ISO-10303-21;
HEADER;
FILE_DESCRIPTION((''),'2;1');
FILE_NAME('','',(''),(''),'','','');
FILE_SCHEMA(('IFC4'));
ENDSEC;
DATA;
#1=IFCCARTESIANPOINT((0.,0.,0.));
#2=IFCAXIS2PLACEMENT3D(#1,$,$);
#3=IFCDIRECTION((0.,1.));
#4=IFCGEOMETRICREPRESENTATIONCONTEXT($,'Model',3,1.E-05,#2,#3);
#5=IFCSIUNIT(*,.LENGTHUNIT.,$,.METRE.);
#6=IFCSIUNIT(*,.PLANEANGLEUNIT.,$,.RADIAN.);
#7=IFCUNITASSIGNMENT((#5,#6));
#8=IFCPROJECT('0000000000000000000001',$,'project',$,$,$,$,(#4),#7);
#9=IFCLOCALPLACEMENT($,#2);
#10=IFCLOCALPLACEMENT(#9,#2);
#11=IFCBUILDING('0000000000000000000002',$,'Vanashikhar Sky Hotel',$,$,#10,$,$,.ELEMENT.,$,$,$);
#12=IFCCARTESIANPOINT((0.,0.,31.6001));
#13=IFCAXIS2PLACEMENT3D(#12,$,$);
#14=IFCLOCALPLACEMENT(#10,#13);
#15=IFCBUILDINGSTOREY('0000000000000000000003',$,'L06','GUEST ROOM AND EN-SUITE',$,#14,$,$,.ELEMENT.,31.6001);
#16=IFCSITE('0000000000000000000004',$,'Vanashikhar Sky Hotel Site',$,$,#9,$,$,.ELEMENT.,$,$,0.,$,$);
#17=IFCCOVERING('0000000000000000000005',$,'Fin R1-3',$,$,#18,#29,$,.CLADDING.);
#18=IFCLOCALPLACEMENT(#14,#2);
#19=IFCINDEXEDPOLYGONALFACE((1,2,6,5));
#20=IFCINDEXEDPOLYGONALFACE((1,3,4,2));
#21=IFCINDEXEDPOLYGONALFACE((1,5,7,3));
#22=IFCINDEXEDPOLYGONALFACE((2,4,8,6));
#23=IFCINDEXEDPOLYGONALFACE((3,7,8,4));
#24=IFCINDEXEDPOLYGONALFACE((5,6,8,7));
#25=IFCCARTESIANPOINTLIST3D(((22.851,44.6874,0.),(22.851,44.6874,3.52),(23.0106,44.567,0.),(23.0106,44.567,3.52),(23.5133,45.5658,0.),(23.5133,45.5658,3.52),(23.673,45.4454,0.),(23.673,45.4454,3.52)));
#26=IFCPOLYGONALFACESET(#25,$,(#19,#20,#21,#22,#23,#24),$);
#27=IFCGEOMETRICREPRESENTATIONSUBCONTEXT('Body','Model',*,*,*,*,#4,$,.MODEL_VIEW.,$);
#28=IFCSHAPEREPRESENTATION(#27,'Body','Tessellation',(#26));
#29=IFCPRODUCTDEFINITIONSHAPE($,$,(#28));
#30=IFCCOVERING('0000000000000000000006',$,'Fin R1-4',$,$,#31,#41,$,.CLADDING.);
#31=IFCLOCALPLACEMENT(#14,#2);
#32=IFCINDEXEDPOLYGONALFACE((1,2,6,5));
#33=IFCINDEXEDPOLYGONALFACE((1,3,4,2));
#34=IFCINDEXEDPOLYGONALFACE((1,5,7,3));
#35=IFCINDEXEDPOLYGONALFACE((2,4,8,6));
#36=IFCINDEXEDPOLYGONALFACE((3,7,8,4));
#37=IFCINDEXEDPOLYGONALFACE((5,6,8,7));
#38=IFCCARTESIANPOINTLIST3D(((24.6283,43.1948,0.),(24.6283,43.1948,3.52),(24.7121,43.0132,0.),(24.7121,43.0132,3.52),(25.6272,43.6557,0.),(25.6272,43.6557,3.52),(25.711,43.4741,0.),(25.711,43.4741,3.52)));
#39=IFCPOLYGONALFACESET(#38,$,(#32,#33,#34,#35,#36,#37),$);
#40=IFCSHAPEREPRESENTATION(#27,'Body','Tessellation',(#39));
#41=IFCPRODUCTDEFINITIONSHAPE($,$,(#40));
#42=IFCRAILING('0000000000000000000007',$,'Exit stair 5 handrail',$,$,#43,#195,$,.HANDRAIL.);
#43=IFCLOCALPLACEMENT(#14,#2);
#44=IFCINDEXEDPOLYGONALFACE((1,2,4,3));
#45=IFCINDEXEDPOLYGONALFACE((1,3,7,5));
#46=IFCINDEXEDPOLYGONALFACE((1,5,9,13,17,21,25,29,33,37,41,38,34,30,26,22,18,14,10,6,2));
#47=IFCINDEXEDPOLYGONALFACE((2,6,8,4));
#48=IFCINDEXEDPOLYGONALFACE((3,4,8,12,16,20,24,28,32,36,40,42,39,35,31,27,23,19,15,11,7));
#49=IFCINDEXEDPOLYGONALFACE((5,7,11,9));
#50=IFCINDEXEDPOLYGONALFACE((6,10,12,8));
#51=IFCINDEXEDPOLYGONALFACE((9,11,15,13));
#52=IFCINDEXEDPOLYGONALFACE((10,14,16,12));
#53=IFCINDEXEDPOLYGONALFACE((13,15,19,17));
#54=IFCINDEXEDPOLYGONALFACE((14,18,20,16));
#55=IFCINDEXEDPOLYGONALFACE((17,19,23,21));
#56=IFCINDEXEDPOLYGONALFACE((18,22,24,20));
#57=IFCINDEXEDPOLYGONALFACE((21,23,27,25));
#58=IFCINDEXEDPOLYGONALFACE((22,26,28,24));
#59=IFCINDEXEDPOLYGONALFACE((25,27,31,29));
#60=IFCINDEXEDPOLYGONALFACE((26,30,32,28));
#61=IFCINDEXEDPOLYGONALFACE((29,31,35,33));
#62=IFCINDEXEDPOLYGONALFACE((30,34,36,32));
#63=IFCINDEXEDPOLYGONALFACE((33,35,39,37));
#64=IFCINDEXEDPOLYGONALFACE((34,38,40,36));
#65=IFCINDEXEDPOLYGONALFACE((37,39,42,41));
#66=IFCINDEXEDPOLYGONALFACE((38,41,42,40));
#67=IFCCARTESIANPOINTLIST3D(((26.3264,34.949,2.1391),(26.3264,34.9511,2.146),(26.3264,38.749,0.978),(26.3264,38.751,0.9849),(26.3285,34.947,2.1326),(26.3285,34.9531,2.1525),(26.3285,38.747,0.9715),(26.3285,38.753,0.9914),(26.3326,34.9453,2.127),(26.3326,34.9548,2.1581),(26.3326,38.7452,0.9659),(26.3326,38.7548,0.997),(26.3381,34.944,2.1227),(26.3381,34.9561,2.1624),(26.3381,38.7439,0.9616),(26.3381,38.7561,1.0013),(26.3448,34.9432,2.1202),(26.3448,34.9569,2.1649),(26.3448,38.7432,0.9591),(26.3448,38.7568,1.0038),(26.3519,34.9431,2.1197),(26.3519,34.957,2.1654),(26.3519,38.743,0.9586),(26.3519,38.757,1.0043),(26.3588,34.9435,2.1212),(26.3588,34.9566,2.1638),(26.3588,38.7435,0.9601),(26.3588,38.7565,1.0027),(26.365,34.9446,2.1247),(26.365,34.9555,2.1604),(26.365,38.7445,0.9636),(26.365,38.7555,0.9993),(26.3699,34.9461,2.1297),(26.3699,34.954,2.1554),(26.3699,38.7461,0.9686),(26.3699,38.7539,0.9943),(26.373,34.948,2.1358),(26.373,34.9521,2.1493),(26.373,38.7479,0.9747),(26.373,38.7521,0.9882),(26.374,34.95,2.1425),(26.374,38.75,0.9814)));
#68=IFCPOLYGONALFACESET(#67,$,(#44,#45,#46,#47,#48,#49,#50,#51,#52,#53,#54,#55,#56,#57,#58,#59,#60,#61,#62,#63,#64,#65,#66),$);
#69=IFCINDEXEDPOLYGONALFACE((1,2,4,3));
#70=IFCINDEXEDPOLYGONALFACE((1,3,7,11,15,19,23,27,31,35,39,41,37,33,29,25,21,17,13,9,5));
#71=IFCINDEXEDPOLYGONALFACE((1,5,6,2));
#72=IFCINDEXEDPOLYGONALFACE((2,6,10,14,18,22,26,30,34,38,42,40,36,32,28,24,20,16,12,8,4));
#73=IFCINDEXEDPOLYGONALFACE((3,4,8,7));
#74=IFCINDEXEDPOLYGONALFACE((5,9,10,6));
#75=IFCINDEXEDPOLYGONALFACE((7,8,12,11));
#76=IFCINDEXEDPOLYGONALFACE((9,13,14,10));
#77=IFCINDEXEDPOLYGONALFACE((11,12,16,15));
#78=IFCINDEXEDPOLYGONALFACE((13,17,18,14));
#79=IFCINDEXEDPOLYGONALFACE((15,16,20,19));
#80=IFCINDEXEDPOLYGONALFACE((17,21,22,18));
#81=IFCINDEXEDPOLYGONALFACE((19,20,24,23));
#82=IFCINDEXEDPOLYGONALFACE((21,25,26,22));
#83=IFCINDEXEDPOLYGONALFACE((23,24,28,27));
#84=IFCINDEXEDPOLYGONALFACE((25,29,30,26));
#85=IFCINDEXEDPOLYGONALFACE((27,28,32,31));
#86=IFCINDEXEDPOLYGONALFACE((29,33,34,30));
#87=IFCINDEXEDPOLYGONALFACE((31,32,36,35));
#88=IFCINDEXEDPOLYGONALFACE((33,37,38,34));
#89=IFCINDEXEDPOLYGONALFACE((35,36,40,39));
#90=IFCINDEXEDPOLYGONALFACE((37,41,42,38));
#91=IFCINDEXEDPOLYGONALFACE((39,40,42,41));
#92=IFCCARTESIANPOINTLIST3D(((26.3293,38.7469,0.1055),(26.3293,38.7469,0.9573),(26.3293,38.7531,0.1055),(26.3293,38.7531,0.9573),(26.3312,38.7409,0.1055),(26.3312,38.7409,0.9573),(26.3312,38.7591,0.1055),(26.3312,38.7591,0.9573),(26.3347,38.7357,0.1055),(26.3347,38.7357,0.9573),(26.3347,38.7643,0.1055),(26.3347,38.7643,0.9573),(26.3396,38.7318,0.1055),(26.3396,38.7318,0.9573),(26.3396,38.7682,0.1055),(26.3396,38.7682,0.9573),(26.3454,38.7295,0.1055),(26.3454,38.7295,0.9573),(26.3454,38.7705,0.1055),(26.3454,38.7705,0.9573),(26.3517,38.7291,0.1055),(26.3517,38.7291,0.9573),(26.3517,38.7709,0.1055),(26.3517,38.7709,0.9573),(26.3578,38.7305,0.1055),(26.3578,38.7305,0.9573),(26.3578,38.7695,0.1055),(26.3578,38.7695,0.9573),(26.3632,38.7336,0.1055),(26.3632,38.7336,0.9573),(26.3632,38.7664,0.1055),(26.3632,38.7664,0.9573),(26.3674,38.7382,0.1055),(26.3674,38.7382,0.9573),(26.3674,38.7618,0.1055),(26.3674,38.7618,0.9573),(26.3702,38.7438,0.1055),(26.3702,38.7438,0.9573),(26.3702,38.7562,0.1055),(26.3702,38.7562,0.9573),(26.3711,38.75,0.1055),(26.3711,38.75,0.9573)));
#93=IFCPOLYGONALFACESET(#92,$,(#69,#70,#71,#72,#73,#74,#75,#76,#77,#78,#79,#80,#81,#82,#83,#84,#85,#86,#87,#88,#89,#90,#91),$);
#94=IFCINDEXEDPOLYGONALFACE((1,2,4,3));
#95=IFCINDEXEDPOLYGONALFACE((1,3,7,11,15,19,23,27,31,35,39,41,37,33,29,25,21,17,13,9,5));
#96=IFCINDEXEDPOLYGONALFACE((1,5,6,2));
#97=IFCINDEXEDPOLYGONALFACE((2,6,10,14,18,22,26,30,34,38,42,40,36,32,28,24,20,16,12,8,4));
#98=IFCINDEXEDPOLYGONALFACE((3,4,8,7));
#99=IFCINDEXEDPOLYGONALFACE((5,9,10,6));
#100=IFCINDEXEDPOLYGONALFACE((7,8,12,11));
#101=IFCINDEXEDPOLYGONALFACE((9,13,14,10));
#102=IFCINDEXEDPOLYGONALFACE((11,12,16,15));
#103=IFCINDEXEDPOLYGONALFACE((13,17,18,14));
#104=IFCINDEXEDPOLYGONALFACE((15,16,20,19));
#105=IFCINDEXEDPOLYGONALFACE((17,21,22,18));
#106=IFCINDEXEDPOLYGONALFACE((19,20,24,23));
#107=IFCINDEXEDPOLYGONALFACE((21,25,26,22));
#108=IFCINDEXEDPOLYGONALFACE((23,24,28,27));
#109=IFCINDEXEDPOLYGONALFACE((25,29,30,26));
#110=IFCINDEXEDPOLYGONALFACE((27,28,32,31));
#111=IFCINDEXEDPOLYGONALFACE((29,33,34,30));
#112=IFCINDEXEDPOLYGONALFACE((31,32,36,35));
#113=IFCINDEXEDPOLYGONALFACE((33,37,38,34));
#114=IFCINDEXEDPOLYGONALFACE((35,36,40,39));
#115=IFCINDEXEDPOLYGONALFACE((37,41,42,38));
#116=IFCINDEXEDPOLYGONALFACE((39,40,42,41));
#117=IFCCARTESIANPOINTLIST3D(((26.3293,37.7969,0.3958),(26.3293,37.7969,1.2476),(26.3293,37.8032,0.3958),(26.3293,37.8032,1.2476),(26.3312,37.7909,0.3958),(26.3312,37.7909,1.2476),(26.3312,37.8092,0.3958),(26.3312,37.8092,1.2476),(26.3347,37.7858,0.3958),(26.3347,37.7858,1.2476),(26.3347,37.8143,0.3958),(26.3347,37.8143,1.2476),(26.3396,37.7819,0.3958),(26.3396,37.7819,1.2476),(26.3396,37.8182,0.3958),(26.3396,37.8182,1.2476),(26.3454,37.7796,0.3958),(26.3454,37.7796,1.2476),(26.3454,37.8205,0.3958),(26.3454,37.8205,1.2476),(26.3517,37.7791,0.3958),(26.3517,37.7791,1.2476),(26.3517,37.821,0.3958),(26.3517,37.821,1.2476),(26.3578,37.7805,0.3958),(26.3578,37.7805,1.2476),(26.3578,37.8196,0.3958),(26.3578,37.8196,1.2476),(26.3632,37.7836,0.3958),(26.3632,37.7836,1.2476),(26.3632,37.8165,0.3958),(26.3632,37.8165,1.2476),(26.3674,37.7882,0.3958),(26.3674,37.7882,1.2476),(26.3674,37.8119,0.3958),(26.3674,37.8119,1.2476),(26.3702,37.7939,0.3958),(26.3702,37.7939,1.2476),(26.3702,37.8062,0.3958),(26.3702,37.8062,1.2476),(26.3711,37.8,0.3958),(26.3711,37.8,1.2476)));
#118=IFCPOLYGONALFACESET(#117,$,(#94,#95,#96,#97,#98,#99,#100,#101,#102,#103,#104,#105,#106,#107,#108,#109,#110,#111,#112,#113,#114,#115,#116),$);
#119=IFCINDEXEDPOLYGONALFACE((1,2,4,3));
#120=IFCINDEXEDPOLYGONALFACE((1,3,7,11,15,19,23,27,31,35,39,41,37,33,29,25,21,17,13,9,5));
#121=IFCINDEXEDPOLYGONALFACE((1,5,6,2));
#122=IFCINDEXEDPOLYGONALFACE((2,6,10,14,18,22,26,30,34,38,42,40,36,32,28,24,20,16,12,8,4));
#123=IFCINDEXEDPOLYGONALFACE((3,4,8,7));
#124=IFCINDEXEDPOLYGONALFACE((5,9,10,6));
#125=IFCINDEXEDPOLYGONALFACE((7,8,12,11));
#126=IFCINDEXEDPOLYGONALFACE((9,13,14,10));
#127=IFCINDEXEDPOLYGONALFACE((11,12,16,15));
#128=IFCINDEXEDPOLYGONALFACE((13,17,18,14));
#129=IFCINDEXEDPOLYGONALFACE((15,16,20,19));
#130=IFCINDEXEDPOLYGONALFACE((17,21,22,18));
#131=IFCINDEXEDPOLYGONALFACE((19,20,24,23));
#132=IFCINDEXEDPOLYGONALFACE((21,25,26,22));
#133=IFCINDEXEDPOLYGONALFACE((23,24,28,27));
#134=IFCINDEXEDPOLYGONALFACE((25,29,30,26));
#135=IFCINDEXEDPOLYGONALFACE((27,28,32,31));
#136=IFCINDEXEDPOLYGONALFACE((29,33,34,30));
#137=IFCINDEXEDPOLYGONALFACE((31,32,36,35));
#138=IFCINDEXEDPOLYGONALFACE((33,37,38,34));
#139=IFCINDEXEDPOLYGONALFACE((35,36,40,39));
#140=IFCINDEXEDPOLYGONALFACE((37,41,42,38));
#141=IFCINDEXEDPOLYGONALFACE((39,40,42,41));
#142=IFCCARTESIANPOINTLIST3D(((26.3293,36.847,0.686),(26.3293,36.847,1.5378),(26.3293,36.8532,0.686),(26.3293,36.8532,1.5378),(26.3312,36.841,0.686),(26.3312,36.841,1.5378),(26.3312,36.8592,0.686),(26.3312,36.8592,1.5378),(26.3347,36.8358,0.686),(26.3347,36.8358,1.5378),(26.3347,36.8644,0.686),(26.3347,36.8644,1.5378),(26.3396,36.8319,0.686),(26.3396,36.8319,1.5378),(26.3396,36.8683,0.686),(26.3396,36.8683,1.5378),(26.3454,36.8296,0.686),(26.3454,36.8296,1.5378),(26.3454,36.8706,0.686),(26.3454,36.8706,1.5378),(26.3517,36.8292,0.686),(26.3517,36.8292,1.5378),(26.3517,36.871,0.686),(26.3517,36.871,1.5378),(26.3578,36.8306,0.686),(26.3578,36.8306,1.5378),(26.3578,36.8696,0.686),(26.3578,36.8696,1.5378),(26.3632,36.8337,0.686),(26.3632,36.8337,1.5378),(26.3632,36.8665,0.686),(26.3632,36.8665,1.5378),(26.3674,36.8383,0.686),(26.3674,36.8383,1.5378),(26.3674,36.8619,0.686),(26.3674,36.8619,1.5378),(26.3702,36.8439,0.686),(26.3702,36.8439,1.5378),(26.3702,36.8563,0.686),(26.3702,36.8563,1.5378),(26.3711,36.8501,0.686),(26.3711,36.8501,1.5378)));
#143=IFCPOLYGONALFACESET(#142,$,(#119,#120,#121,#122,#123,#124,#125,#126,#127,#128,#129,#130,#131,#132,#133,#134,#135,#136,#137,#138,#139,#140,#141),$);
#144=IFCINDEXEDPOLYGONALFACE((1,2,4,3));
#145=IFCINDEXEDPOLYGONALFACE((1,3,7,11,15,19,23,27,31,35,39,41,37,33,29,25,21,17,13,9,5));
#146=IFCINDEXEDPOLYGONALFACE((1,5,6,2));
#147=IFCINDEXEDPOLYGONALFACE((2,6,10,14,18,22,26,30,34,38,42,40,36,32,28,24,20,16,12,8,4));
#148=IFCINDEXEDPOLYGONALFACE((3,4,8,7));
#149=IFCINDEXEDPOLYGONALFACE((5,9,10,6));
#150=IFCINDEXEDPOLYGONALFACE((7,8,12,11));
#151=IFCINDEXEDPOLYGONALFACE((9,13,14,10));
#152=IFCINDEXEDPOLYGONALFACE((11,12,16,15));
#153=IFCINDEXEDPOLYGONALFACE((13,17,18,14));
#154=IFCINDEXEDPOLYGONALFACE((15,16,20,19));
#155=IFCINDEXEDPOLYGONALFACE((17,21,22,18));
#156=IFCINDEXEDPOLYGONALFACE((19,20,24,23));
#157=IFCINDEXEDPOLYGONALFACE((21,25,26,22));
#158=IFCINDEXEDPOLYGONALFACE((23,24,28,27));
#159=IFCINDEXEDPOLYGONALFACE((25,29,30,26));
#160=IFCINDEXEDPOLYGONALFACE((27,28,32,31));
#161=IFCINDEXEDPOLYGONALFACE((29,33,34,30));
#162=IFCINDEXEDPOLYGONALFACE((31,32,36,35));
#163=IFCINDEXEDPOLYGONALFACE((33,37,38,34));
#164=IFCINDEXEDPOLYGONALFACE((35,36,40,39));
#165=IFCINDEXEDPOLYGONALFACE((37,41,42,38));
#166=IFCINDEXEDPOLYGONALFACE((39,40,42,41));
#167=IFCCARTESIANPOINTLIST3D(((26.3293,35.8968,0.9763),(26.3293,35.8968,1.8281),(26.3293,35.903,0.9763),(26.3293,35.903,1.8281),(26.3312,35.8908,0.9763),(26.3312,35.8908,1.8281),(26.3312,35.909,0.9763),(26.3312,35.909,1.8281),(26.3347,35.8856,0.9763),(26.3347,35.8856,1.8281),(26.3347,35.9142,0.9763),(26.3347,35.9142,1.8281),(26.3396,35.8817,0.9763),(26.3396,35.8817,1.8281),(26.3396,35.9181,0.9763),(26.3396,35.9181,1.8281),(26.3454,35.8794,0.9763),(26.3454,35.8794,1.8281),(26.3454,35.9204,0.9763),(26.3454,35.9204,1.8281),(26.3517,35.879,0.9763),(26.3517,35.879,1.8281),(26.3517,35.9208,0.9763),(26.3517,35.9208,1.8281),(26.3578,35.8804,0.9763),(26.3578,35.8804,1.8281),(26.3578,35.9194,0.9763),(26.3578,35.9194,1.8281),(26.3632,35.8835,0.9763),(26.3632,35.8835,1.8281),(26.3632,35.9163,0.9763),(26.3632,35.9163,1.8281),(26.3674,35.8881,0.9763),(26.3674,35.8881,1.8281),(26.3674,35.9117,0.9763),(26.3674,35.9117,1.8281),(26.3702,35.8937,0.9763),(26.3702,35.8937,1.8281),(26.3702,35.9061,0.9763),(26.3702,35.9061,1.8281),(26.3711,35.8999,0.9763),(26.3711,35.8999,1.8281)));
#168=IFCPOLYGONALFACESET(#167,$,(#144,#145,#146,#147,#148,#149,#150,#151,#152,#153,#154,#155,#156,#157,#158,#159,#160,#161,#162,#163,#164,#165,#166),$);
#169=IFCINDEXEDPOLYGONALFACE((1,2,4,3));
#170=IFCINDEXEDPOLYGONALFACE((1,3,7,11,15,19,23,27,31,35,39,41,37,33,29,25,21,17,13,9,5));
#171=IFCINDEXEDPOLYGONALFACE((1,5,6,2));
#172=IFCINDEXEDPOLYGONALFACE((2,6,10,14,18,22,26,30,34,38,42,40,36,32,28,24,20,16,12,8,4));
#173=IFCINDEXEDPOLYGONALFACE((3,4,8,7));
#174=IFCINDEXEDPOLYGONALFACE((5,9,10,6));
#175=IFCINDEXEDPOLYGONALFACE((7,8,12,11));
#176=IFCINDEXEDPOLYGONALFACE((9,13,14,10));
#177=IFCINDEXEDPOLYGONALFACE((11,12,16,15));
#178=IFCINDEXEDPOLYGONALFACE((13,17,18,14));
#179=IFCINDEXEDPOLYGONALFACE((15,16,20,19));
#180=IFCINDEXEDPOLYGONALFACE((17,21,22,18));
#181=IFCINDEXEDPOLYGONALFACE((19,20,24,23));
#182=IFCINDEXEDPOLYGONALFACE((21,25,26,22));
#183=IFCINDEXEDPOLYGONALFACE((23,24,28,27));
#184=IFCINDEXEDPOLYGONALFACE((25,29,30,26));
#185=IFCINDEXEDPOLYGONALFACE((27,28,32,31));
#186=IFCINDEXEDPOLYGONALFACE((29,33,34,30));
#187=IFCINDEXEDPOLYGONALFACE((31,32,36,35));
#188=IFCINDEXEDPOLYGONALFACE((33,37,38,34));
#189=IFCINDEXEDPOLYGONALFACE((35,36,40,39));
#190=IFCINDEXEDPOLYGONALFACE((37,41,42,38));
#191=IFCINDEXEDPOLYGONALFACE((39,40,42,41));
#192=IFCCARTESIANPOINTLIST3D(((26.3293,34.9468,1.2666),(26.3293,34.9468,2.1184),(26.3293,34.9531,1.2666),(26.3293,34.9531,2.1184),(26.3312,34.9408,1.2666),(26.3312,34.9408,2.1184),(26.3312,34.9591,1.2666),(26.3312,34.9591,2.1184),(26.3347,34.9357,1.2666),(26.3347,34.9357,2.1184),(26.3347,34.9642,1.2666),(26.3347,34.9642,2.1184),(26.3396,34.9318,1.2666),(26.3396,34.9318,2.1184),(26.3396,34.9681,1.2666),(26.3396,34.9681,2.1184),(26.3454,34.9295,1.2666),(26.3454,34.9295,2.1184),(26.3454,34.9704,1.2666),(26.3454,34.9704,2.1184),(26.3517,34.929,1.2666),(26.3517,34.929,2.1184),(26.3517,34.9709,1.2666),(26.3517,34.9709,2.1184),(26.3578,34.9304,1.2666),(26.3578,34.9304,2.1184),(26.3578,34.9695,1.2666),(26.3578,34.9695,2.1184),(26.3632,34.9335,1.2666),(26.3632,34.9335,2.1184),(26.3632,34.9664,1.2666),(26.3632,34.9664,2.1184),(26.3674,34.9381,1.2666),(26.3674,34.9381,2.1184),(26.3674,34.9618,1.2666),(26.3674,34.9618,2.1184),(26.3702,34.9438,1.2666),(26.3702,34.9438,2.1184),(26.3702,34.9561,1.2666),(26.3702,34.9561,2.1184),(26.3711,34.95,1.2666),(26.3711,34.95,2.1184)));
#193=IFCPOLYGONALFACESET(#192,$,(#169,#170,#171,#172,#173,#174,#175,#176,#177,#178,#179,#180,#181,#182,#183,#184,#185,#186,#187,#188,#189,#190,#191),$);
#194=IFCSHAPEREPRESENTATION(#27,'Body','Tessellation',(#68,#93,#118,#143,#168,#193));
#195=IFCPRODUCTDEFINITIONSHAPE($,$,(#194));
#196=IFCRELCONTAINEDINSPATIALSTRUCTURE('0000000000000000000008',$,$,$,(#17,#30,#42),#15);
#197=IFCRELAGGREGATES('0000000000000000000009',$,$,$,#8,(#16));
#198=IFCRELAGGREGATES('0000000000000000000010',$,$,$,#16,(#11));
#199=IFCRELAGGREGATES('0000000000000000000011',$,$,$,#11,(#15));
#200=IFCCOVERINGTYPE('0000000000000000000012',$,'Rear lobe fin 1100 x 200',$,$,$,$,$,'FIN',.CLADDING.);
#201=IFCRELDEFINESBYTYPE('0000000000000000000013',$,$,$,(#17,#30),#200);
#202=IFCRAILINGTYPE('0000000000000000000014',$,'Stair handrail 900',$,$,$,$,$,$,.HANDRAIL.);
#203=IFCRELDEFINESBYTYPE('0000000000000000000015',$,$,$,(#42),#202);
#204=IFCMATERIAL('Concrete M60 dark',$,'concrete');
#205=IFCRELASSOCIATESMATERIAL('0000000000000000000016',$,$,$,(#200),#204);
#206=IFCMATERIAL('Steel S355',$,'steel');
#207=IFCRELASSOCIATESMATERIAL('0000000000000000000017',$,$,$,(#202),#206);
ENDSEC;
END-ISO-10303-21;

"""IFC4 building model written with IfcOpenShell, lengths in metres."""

from ifc_helpers import new_model, si_unit, direction, frame, origin, origin_2d, place, context, subcontext, project, spatial, rectangle, circle, extrude, source, transform, mapped, material, material_profile, profile_set, type_object, element, save


model = new_model("IFC4")

# Units and contexts
model_context = context("Model", 3, precision=1e-05, world=origin(), true_north=direction((0.0, 1.0)))
body_context = subcontext(model_context, "Body", "Model", "MODEL_VIEW")
ifc_project = project(units=[si_unit("LENGTHUNIT", "METRE"), si_unit("PLANEANGLEUNIT", "RADIAN")], contexts=[model_context])

# Site, building, storey
site_placement = place(None, origin())
site = spatial("IfcSite", under=ifc_project, at=site_placement, Name="Vanashikhar Sky Hotel Site", CompositionType="ELEMENT", RefElevation=0.0)
building_placement = place(site_placement, origin())
building = spatial("IfcBuilding", under=site, at=building_placement, Name="Vanashikhar Sky Hotel", CompositionType="ELEMENT")
storey_placement = place(building_placement, frame((0.0, 0.0, 31.6001)))
storey = spatial("IfcBuildingStorey", under=building, at=storey_placement, Name="L06", Description="GUEST ROOM AND EN-SUITE", CompositionType="ELEMENT", Elevation=31.6001)

# Coverings
ifc_material_1 = material(Name="Concrete M60 dark", Category="concrete")
ifc_material_profile = material_profile(ifc_material_1, rectangle(XDim=1.1001, YDim=0.2, at=origin_2d()))
ifc_profile_set = profile_set([ifc_material_profile], Name="Rear lobe fin 1100 x 200")
covering_type = type_object("IfcCoveringType", Name="Rear lobe fin 1100 x 200", ElementType="FIN", PredefinedType="CLADDING", material=ifc_profile_set)
shared_shape_1 = source(origin(), body_context, "Body", "SweptSolid", [
    extrude(rectangle(XDim=1.1001, YDim=0.2, at=origin_2d()), origin(), (0.0, 0.0, 1.0), 3.52),
])
for number, where, z_axis, x_axis, name in (
    (1, (23.262, 45.0664, 0.0), (0.0, 0.0, 1.0), (0.602066, 0.798446, 0.0), "Fin R1-3"),
    (2, (25.1697, 43.3345, 0.0), (0.0, 0.0, 1.0), (0.908004, 0.418961, 0.0), "Fin R1-4"),
):
    element("IfcCovering", number, at=place(storey_placement, frame(where, z_axis=z_axis, x_axis=x_axis)), inside=storey, type_object=covering_type, Name=name, PredefinedType="CLADDING", context=body_context, shape_type="MappedRepresentation", body=[
        mapped(shared_shape_1, transform((0.0, 0.0, 0.0), scale=1.0)),
    ])

# Railing
ifc_material_2 = material(Name="Steel S355", Category="steel")
railing_type = type_object("IfcRailingType", Name="Stair handrail 900", PredefinedType="HANDRAIL", material=ifc_material_2)
shared_shape_2 = source(origin(), body_context, "Body", "SweptSolid", [
    extrude(circle(Radius=0.0239, at=origin_2d()), frame((0.0, 0.0, 0.876), z_axis=(0.0, -0.956351, 0.29222), x_axis=(1.0, 0.0, 0.0)), (0.0, 0.0, 1.0), 3.9734),
    extrude(circle(Radius=0.021, at=origin_2d()), origin(), (0.0, 0.0, 1.0), 0.8518),
    extrude(circle(Radius=0.021, at=origin_2d()), frame((0.0, -0.95, 0.2903)), (0.0, 0.0, 1.0), 0.8518),
    extrude(circle(Radius=0.021, at=origin_2d()), frame((0.0, -1.8999, 0.5806)), (0.0, 0.0, 1.0), 0.8518),
    extrude(circle(Radius=0.021, at=origin_2d()), frame((0.0, -2.8501, 0.8708)), (0.0, 0.0, 1.0), 0.8518),
    extrude(circle(Radius=0.021, at=origin_2d()), frame((0.0, -3.8, 1.1611)), (0.0, 0.0, 1.0), 0.8518),
])
for number, where, name in (
    (3, (26.3501, 38.75, 0.1055), "Exit stair 5 handrail"),
):
    element("IfcRailing", number, at=place(storey_placement, frame(where)), inside=storey, type_object=railing_type, Name=name, PredefinedType="HANDRAIL", context=body_context, shape_type="MappedRepresentation", body=[
        mapped(shared_shape_2, transform((0.0, 0.0, 0.0), scale=1.0)),
    ])

save(model, "model.ifc")
